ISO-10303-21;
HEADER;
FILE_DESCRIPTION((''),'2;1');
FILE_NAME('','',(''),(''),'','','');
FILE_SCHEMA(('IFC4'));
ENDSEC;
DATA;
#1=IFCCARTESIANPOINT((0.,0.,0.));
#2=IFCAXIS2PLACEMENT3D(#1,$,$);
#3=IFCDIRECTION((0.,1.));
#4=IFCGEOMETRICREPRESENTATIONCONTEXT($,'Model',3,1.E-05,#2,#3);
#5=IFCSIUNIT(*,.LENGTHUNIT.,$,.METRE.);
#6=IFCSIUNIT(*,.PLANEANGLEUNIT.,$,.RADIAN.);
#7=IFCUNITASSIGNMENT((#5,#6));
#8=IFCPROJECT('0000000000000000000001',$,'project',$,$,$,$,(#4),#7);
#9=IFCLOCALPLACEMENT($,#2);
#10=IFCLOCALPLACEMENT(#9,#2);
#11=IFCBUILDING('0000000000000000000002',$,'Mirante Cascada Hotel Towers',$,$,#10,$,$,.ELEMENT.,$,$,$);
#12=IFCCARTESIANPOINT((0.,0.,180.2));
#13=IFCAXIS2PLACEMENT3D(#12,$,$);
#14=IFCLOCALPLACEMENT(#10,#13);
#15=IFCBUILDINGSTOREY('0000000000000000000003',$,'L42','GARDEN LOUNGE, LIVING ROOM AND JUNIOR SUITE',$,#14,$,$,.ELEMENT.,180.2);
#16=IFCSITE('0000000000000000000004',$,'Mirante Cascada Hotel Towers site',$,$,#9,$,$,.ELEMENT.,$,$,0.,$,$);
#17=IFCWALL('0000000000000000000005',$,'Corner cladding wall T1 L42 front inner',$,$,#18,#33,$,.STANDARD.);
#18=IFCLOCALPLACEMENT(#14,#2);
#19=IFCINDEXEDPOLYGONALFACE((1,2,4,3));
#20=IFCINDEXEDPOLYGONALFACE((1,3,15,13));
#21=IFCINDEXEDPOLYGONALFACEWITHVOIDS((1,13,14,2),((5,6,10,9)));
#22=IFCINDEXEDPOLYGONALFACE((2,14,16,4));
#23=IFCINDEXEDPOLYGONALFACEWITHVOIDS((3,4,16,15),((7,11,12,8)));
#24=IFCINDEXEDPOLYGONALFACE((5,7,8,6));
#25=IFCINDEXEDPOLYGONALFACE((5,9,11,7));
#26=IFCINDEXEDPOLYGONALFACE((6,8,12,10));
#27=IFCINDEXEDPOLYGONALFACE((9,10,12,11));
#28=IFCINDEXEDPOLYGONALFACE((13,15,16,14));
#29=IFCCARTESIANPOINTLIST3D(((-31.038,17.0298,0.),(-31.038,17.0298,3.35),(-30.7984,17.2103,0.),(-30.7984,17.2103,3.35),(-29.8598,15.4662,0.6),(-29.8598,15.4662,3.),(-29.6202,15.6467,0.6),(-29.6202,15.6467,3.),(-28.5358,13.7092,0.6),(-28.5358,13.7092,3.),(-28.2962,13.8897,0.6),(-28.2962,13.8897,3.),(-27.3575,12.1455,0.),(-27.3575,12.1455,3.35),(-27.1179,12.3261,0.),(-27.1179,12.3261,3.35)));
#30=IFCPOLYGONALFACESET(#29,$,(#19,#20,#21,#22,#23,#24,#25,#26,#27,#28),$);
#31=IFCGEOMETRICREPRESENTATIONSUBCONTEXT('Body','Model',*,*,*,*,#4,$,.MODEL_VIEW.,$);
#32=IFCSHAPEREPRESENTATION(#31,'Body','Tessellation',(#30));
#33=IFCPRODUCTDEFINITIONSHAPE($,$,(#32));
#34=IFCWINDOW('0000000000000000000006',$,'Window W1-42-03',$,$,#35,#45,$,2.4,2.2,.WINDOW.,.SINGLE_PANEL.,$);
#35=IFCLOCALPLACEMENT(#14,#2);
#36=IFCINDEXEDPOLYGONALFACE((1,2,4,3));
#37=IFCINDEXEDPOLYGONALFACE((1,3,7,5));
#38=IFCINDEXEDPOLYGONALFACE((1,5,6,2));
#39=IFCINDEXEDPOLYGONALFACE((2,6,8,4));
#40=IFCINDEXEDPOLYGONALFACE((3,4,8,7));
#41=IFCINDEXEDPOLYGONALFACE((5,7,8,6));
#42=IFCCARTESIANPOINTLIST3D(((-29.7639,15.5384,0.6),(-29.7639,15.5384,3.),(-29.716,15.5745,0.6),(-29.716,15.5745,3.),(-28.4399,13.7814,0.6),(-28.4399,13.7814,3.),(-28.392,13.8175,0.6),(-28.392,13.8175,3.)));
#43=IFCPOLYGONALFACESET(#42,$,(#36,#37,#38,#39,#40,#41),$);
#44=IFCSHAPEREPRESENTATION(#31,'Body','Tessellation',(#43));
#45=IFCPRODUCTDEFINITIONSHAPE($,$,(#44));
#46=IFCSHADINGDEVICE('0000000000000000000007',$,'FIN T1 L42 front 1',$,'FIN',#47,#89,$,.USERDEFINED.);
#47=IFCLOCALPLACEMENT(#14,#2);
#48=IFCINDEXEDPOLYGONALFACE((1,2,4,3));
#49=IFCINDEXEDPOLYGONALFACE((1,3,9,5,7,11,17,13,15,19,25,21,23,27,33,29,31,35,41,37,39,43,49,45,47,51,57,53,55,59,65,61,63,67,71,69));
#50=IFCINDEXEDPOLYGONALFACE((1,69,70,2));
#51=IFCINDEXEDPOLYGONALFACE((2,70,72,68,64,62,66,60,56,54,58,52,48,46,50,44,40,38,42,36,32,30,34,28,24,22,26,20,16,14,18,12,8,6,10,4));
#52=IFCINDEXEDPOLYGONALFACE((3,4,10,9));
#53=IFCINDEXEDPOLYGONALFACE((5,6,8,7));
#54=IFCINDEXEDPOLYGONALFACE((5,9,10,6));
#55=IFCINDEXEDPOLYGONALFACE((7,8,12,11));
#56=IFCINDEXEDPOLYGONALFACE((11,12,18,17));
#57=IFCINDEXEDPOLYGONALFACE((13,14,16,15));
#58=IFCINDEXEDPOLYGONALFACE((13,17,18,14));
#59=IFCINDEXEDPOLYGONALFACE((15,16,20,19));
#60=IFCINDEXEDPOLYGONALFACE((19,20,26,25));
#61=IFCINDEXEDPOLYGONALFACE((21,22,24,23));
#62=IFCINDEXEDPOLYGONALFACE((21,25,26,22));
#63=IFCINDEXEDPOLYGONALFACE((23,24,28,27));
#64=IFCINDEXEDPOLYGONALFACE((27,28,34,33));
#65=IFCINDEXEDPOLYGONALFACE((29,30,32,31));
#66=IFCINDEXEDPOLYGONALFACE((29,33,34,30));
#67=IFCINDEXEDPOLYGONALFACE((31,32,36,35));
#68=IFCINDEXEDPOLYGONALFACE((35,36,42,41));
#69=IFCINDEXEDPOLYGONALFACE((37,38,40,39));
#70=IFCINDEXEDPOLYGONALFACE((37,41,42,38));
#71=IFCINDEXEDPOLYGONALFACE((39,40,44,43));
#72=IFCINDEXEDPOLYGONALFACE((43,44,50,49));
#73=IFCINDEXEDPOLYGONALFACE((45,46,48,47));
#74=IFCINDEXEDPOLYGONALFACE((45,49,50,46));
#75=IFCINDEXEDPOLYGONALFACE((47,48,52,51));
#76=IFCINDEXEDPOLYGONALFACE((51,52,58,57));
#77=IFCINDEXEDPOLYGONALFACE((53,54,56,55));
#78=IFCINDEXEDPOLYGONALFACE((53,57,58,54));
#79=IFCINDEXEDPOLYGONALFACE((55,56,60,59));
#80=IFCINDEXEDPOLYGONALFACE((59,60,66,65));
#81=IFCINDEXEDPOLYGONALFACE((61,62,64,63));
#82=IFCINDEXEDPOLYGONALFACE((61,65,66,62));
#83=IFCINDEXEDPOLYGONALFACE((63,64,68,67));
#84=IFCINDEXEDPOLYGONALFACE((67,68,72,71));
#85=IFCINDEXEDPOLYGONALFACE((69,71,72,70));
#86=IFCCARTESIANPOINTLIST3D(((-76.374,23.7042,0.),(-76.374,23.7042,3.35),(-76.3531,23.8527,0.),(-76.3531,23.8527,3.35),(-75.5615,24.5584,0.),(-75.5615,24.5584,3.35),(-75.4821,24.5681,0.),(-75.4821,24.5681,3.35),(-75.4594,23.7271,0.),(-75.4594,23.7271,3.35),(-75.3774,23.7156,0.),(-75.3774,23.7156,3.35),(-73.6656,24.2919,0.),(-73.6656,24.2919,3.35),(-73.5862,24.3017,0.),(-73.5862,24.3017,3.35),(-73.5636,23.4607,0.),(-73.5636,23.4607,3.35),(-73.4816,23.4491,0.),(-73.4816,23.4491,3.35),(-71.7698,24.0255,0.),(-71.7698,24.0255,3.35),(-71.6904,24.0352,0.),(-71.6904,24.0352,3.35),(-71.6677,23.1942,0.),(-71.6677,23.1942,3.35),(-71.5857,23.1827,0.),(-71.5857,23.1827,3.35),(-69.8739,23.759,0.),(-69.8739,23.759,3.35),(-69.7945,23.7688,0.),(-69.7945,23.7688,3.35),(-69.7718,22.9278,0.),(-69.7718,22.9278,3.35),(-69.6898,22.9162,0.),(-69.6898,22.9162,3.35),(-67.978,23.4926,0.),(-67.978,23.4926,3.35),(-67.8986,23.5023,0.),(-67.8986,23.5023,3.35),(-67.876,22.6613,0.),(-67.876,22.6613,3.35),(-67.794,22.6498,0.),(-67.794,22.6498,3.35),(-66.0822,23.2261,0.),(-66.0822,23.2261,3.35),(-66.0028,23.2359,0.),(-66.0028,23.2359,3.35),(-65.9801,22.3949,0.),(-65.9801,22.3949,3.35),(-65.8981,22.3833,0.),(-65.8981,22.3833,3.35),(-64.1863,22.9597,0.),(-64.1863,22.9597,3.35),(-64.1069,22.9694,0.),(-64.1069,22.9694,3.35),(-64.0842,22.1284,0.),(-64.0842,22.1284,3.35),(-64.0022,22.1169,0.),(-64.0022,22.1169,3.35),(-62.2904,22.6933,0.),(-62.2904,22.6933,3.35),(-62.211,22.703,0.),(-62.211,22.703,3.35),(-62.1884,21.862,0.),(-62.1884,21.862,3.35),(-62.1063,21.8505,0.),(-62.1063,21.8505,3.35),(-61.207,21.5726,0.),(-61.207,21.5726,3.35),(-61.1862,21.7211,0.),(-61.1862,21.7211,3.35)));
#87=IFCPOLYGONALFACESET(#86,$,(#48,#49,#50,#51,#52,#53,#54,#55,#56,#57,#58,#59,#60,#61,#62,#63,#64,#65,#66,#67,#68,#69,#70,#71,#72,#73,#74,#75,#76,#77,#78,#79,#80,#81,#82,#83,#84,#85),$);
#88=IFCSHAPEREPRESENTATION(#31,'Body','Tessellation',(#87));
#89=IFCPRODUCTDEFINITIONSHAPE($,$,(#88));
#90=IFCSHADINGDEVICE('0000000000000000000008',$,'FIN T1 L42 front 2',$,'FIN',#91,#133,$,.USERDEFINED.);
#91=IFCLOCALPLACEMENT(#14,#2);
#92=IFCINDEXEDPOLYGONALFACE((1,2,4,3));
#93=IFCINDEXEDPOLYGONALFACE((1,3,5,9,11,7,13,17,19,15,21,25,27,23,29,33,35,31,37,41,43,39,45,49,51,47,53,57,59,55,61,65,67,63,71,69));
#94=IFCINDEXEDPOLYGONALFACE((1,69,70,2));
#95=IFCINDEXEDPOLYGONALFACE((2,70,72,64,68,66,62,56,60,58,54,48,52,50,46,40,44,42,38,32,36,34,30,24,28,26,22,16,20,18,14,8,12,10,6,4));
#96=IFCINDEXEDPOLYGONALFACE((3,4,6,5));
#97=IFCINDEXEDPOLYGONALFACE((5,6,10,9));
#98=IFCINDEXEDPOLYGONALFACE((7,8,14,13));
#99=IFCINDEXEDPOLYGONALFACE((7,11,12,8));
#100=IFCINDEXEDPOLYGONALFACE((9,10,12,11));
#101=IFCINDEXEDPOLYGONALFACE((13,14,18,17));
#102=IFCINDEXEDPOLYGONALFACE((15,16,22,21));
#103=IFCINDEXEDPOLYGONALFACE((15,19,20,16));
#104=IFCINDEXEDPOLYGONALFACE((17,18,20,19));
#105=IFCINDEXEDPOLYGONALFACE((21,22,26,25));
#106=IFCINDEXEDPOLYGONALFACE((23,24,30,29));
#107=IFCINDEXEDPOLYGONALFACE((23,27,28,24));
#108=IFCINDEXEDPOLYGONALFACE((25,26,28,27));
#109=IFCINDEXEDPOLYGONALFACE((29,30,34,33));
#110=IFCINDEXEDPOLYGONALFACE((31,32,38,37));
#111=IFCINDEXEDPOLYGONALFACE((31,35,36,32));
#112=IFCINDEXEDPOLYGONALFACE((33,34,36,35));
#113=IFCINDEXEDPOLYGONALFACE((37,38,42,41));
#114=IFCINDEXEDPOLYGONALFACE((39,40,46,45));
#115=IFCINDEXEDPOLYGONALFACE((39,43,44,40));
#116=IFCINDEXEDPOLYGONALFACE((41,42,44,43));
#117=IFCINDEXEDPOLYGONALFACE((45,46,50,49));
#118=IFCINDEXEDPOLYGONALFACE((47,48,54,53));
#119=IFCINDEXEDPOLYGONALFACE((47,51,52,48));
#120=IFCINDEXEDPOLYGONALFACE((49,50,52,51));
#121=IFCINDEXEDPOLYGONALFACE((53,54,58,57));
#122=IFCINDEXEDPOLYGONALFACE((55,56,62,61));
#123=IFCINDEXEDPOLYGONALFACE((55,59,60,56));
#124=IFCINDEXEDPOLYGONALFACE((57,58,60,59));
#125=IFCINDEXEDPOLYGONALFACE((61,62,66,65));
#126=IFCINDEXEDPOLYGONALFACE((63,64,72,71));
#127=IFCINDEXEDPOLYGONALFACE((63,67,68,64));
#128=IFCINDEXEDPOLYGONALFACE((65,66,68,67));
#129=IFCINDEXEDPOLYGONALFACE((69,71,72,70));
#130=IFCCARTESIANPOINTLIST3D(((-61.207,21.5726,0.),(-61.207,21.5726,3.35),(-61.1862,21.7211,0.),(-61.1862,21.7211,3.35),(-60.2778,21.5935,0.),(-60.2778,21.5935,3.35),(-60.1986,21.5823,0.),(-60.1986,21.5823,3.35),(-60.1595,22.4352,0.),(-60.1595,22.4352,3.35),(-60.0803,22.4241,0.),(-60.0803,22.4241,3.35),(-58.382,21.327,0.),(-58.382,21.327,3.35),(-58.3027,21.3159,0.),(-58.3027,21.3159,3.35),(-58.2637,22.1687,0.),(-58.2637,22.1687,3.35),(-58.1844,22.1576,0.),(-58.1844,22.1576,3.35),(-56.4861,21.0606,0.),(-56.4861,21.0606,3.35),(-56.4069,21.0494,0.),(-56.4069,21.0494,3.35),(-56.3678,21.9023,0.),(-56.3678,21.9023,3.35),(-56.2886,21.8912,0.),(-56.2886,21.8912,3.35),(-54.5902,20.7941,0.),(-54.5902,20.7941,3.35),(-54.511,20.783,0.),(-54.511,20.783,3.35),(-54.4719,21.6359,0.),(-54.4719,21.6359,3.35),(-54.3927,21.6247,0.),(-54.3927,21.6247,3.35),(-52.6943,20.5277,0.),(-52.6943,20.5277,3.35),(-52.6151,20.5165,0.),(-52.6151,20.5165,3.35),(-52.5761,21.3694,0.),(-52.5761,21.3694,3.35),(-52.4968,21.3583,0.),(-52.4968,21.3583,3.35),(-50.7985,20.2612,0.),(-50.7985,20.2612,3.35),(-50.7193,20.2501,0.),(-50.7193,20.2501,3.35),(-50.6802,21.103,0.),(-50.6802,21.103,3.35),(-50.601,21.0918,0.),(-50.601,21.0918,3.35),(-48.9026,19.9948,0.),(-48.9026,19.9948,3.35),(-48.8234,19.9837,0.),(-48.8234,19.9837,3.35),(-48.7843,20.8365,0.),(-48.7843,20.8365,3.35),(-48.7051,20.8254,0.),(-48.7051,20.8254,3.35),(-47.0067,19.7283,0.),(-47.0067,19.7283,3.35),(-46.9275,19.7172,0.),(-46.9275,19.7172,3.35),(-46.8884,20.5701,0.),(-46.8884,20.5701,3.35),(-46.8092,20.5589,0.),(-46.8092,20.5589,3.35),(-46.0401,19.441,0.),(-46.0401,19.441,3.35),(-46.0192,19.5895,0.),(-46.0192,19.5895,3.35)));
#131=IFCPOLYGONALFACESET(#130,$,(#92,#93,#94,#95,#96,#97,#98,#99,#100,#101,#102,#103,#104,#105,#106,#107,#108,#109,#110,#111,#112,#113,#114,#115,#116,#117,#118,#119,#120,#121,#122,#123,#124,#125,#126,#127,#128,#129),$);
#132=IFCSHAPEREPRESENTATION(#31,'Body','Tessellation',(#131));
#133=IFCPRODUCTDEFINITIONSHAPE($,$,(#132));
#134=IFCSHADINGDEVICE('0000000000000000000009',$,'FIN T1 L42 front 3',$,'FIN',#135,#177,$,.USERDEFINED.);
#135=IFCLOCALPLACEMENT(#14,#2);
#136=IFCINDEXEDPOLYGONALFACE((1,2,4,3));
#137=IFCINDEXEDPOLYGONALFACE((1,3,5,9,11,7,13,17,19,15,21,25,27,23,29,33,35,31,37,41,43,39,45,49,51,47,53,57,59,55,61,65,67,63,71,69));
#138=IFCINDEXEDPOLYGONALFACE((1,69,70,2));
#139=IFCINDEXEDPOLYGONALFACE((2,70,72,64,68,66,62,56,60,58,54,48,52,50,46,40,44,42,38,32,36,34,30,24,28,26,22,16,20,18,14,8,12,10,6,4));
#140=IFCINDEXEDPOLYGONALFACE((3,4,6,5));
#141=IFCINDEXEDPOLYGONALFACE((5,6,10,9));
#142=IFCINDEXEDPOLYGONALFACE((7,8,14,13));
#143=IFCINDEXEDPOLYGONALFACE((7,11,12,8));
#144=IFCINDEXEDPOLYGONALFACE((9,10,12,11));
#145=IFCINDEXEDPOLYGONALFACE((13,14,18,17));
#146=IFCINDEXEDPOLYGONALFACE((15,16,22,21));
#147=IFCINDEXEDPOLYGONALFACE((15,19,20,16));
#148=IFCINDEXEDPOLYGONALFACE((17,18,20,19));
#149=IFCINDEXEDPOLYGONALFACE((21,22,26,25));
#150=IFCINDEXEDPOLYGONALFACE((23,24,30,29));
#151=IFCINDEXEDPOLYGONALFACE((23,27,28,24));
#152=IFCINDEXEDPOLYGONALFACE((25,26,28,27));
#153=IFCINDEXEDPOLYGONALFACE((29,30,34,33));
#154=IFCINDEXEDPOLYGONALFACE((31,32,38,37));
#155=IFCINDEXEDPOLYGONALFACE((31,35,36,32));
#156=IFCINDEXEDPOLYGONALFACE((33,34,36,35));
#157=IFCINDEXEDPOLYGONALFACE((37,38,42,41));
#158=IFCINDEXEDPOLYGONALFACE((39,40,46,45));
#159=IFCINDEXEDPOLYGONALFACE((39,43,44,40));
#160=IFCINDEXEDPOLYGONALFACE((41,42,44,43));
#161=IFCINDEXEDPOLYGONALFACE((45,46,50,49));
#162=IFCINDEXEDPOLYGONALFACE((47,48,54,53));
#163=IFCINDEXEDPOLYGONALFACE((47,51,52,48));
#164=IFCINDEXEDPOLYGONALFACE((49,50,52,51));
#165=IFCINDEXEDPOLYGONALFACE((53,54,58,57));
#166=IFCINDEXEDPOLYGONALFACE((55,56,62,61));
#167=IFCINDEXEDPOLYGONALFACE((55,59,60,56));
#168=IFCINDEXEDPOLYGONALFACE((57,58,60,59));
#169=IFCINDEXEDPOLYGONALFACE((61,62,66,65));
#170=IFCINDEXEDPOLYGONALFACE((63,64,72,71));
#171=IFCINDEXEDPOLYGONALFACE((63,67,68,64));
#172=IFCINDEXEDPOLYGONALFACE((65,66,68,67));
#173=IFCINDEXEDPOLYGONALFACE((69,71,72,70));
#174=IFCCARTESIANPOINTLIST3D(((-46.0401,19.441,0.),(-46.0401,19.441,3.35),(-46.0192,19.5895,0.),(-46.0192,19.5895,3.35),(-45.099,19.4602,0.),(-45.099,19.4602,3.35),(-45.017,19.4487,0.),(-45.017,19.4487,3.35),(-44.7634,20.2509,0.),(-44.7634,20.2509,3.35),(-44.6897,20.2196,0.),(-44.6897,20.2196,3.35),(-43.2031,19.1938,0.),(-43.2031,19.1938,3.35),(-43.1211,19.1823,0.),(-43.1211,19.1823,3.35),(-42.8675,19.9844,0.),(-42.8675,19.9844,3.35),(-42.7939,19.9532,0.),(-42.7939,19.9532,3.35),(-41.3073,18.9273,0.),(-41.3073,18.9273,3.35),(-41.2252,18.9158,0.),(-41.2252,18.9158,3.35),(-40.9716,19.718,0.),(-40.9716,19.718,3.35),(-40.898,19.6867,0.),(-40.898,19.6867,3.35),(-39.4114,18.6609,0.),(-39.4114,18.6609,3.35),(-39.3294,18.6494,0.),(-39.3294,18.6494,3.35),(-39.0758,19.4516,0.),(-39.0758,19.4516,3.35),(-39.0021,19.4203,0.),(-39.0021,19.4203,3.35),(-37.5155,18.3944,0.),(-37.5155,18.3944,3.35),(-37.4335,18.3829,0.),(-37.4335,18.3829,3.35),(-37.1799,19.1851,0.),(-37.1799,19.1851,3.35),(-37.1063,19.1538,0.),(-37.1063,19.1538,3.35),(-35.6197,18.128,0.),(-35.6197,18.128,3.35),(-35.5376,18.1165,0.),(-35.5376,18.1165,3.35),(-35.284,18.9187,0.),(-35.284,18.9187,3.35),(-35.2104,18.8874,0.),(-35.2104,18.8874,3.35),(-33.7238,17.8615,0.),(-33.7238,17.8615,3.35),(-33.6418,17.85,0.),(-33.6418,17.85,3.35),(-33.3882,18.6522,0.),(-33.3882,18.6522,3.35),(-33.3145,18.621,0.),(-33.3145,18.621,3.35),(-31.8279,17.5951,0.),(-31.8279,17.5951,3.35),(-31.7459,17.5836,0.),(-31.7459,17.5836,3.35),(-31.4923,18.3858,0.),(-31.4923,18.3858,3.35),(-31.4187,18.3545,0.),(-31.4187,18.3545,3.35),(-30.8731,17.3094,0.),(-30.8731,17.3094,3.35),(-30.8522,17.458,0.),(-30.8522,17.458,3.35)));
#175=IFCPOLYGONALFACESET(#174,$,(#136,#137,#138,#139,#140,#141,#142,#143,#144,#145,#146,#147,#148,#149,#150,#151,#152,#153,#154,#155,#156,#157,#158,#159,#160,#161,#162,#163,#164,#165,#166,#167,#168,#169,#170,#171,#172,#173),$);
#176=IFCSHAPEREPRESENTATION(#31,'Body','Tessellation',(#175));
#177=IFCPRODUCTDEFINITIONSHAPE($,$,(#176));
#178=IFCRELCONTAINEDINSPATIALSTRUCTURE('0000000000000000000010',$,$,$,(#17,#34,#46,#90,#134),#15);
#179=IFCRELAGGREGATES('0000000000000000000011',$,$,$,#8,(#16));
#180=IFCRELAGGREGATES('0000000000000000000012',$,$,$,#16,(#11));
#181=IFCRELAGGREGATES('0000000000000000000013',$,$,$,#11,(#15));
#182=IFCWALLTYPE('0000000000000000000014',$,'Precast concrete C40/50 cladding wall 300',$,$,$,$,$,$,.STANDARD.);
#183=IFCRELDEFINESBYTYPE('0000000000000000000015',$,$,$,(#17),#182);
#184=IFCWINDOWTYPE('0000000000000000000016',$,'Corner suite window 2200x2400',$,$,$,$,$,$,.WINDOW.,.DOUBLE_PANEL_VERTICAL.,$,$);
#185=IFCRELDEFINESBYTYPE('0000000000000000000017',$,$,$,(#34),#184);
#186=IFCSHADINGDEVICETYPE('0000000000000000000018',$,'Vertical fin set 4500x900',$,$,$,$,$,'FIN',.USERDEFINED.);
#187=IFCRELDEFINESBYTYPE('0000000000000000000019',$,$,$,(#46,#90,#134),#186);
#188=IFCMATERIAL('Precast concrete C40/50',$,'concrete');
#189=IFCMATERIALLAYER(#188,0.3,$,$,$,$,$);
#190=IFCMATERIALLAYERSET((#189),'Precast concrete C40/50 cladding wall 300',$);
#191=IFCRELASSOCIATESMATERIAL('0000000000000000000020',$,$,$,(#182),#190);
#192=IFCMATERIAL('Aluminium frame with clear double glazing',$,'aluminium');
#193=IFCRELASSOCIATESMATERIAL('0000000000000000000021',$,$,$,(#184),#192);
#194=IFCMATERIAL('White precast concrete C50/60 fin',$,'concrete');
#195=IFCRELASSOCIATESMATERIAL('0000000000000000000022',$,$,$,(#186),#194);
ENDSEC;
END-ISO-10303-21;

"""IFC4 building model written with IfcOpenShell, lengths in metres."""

from ifc_helpers import new_model, si_unit, direction, frame, frame_2d, origin, place, context, subcontext, project, spatial, polyline, rectangle, outline, extrude, material, layer, layer_set, type_object, element, fill, save


model = new_model("IFC4")

# Units and contexts
model_context = context("Model", 3, precision=1e-05, world=origin(), true_north=direction((0.0, 1.0)))
body_context = subcontext(model_context, "Body", "Model", "MODEL_VIEW")
ifc_project = project(units=[si_unit("LENGTHUNIT", "METRE"), si_unit("PLANEANGLEUNIT", "RADIAN")], contexts=[model_context])

# Site, building, storey
site_placement = place(None, origin())
site = spatial("IfcSite", under=ifc_project, at=site_placement, Name="Mirante Cascada Hotel Towers site", CompositionType="ELEMENT", RefElevation=0.0)
building_placement = place(site_placement, origin())
building = spatial("IfcBuilding", under=site, at=building_placement, Name="Mirante Cascada Hotel Towers", CompositionType="ELEMENT")
storey_placement = place(building_placement, frame((0.0, 0.0, 180.2)))
storey = spatial("IfcBuildingStorey", under=building, at=storey_placement, Name="L42", Description="GARDEN LOUNGE, LIVING ROOM AND JUNIOR SUITE", CompositionType="ELEMENT", Elevation=180.2)

# Wall, opening, window
ifc_material_1 = material(Name="Precast concrete C40/50", Category="concrete")
ifc_layer_1 = layer(ifc_material_1, 0.3)
ifc_layer_set_1 = layer_set([ifc_layer_1], Name="Precast concrete C40/50 cladding wall 300")
wall_type_1 = type_object("IfcWallType", Name="Precast concrete C40/50 cladding wall 300", PredefinedType="STANDARD", material=ifc_layer_set_1)
wall_1_placement = place(storey_placement, frame((-30.9182, 17.12, 0.0), z_axis=(0.0, 0.0, 1.0), x_axis=(0.601814, -0.798636, 0.0)))
wall_1 = element("IfcWall", 1, at=wall_1_placement, inside=storey, type_object=wall_type_1, Name="Corner cladding wall T1 L42 front inner", PredefinedType="STANDARD", context=body_context, shape_type="SweptSolid", body=[
    extrude(rectangle(XDim=6.1157, YDim=0.3, at=frame_2d((3.0578, 0.0))), origin(), (0.0, 0.0, 1.0), 3.35),
])
opening_1_placement = place(wall_1_placement, frame((1.9578, 0.0, 0.6)))
opening_1 = element("IfcOpeningElement", 2, at=opening_1_placement, cuts=wall_1, PredefinedType="OPENING", context=body_context, shape_type="SweptSolid", body=[
    extrude(rectangle(XDim=2.2, YDim=2.4, at=frame_2d((1.1, 1.2))), frame((0.0, 0.15, 0.0), z_axis=(0.0, -1.0, 0.0), x_axis=(1.0, 0.0, 0.0)), (0.0, 0.0, 1.0), 0.3),
])
ifc_material_2 = material(Name="Aluminium frame with clear double glazing", Category="aluminium")
window_type = type_object("IfcWindowType", Name="Corner suite window 2200x2400", PartitioningType="DOUBLE_PANEL_VERTICAL", PredefinedType="WINDOW", material=ifc_material_2)
window_placement = place(opening_1_placement, origin())
window = element("IfcWindow", 3, at=window_placement, inside=storey, type_object=window_type, Name="Window W1-42-03", OverallHeight=2.4, OverallWidth=2.2, PartitioningType="SINGLE_PANEL", PredefinedType="WINDOW", context=body_context, shape_type="SweptSolid", body=[
    extrude(rectangle(XDim=2.2, YDim=2.4, at=frame_2d((1.1, 1.2))), frame((0.0, 0.03, 0.0), z_axis=(0.0, -1.0, 0.0), x_axis=(1.0, 0.0, 0.0)), (0.0, 0.0, 1.0), 0.06),
])
fill(opening_1, window)

# Shading devices
ifc_material_3 = material(Name="White precast concrete C50/60 fin", Category="concrete")
shading_device_type = type_object("IfcShadingDeviceType", Name="Vertical fin set 4500x900", ElementType="FIN", PredefinedType="USERDEFINED", material=ifc_material_3)
shading_device_1_placement = place(storey_placement, origin())
element("IfcShadingDevice", 4, at=shading_device_1_placement, inside=storey, type_object=shading_device_type, Name="FIN T1 L42 front 1", ObjectType="FIN", PredefinedType="USERDEFINED", context=body_context, shape_type="SweptSolid", body=[
    extrude(outline(polyline([(-62.1063, 21.8505), (-61.1862, 21.7211), (-61.207, 21.5726), (-76.374, 23.7042), (-76.3531, 23.8527), (-75.4594, 23.7271), (-75.5615, 24.5584), (-75.4821, 24.5681), (-75.3774, 23.7156), (-73.5636, 23.4607), (-73.6656, 24.2919), (-73.5862, 24.3017), (-73.4816, 23.4491), (-71.6677, 23.1942), (-71.7698, 24.0255), (-71.6904, 24.0352), (-71.5857, 23.1827), (-69.7718, 22.9278), (-69.8739, 23.759), (-69.7945, 23.7688), (-69.6898, 22.9162), (-67.876, 22.6613), (-67.978, 23.4926), (-67.8986, 23.5023), (-67.794, 22.6498), (-65.9801, 22.3949), (-66.0822, 23.2261), (-66.0028, 23.2359), (-65.8981, 22.3833), (-64.0842, 22.1284), (-64.1863, 22.9597), (-64.1069, 22.9694), (-64.0022, 22.1169), (-62.1884, 21.862), (-62.2904, 22.6933), (-62.211, 22.703), (-62.1063, 21.8505)])), origin(), (0.0, 0.0, 1.0), 3.35),
])
shading_device_2_placement = place(storey_placement, origin())
element("IfcShadingDevice", 5, at=shading_device_2_placement, inside=storey, type_object=shading_device_type, Name="FIN T1 L42 front 2", ObjectType="FIN", PredefinedType="USERDEFINED", context=body_context, shape_type="SweptSolid", body=[
    extrude(outline(polyline([(-46.9275, 19.7172), (-46.0192, 19.5895), (-46.0401, 19.441), (-61.207, 21.5726), (-61.1862, 21.7211), (-60.2778, 21.5935), (-60.1595, 22.4352), (-60.0803, 22.4241), (-60.1986, 21.5823), (-58.382, 21.327), (-58.2637, 22.1687), (-58.1844, 22.1576), (-58.3027, 21.3159), (-56.4861, 21.0606), (-56.3678, 21.9023), (-56.2886, 21.8912), (-56.4069, 21.0494), (-54.5902, 20.7941), (-54.4719, 21.6359), (-54.3927, 21.6247), (-54.511, 20.783), (-52.6943, 20.5277), (-52.5761, 21.3694), (-52.4968, 21.3583), (-52.6151, 20.5165), (-50.7985, 20.2612), (-50.6802, 21.103), (-50.601, 21.0918), (-50.7193, 20.2501), (-48.9026, 19.9948), (-48.7843, 20.8365), (-48.7051, 20.8254), (-48.8234, 19.9837), (-47.0067, 19.7283), (-46.8884, 20.5701), (-46.8092, 20.5589), (-46.9275, 19.7172)])), origin(), (0.0, 0.0, 1.0), 3.35),
])
shading_device_3_placement = place(storey_placement, origin())
element("IfcShadingDevice", 6, at=shading_device_3_placement, inside=storey, type_object=shading_device_type, Name="FIN T1 L42 front 3", ObjectType="FIN", PredefinedType="USERDEFINED", context=body_context, shape_type="SweptSolid", body=[
    extrude(outline(polyline([(-31.7459, 17.5836), (-30.8522, 17.458), (-30.8731, 17.3094), (-46.0401, 19.441), (-46.0192, 19.5895), (-45.099, 19.4602), (-44.7634, 20.2509), (-44.6897, 20.2196), (-45.017, 19.4487), (-43.2031, 19.1938), (-42.8675, 19.9844), (-42.7939, 19.9532), (-43.1211, 19.1823), (-41.3073, 18.9273), (-40.9716, 19.718), (-40.898, 19.6867), (-41.2252, 18.9158), (-39.4114, 18.6609), (-39.0758, 19.4516), (-39.0021, 19.4203), (-39.3294, 18.6494), (-37.5155, 18.3944), (-37.1799, 19.1851), (-37.1063, 19.1538), (-37.4335, 18.3829), (-35.6197, 18.128), (-35.284, 18.9187), (-35.2104, 18.8874), (-35.5376, 18.1165), (-33.7238, 17.8615), (-33.3882, 18.6522), (-33.3145, 18.621), (-33.6418, 17.85), (-31.8279, 17.5951), (-31.4923, 18.3858), (-31.4187, 18.3545), (-31.7459, 17.5836)])), origin(), (0.0, 0.0, 1.0), 3.35),
])

save(model, "model.ifc")
